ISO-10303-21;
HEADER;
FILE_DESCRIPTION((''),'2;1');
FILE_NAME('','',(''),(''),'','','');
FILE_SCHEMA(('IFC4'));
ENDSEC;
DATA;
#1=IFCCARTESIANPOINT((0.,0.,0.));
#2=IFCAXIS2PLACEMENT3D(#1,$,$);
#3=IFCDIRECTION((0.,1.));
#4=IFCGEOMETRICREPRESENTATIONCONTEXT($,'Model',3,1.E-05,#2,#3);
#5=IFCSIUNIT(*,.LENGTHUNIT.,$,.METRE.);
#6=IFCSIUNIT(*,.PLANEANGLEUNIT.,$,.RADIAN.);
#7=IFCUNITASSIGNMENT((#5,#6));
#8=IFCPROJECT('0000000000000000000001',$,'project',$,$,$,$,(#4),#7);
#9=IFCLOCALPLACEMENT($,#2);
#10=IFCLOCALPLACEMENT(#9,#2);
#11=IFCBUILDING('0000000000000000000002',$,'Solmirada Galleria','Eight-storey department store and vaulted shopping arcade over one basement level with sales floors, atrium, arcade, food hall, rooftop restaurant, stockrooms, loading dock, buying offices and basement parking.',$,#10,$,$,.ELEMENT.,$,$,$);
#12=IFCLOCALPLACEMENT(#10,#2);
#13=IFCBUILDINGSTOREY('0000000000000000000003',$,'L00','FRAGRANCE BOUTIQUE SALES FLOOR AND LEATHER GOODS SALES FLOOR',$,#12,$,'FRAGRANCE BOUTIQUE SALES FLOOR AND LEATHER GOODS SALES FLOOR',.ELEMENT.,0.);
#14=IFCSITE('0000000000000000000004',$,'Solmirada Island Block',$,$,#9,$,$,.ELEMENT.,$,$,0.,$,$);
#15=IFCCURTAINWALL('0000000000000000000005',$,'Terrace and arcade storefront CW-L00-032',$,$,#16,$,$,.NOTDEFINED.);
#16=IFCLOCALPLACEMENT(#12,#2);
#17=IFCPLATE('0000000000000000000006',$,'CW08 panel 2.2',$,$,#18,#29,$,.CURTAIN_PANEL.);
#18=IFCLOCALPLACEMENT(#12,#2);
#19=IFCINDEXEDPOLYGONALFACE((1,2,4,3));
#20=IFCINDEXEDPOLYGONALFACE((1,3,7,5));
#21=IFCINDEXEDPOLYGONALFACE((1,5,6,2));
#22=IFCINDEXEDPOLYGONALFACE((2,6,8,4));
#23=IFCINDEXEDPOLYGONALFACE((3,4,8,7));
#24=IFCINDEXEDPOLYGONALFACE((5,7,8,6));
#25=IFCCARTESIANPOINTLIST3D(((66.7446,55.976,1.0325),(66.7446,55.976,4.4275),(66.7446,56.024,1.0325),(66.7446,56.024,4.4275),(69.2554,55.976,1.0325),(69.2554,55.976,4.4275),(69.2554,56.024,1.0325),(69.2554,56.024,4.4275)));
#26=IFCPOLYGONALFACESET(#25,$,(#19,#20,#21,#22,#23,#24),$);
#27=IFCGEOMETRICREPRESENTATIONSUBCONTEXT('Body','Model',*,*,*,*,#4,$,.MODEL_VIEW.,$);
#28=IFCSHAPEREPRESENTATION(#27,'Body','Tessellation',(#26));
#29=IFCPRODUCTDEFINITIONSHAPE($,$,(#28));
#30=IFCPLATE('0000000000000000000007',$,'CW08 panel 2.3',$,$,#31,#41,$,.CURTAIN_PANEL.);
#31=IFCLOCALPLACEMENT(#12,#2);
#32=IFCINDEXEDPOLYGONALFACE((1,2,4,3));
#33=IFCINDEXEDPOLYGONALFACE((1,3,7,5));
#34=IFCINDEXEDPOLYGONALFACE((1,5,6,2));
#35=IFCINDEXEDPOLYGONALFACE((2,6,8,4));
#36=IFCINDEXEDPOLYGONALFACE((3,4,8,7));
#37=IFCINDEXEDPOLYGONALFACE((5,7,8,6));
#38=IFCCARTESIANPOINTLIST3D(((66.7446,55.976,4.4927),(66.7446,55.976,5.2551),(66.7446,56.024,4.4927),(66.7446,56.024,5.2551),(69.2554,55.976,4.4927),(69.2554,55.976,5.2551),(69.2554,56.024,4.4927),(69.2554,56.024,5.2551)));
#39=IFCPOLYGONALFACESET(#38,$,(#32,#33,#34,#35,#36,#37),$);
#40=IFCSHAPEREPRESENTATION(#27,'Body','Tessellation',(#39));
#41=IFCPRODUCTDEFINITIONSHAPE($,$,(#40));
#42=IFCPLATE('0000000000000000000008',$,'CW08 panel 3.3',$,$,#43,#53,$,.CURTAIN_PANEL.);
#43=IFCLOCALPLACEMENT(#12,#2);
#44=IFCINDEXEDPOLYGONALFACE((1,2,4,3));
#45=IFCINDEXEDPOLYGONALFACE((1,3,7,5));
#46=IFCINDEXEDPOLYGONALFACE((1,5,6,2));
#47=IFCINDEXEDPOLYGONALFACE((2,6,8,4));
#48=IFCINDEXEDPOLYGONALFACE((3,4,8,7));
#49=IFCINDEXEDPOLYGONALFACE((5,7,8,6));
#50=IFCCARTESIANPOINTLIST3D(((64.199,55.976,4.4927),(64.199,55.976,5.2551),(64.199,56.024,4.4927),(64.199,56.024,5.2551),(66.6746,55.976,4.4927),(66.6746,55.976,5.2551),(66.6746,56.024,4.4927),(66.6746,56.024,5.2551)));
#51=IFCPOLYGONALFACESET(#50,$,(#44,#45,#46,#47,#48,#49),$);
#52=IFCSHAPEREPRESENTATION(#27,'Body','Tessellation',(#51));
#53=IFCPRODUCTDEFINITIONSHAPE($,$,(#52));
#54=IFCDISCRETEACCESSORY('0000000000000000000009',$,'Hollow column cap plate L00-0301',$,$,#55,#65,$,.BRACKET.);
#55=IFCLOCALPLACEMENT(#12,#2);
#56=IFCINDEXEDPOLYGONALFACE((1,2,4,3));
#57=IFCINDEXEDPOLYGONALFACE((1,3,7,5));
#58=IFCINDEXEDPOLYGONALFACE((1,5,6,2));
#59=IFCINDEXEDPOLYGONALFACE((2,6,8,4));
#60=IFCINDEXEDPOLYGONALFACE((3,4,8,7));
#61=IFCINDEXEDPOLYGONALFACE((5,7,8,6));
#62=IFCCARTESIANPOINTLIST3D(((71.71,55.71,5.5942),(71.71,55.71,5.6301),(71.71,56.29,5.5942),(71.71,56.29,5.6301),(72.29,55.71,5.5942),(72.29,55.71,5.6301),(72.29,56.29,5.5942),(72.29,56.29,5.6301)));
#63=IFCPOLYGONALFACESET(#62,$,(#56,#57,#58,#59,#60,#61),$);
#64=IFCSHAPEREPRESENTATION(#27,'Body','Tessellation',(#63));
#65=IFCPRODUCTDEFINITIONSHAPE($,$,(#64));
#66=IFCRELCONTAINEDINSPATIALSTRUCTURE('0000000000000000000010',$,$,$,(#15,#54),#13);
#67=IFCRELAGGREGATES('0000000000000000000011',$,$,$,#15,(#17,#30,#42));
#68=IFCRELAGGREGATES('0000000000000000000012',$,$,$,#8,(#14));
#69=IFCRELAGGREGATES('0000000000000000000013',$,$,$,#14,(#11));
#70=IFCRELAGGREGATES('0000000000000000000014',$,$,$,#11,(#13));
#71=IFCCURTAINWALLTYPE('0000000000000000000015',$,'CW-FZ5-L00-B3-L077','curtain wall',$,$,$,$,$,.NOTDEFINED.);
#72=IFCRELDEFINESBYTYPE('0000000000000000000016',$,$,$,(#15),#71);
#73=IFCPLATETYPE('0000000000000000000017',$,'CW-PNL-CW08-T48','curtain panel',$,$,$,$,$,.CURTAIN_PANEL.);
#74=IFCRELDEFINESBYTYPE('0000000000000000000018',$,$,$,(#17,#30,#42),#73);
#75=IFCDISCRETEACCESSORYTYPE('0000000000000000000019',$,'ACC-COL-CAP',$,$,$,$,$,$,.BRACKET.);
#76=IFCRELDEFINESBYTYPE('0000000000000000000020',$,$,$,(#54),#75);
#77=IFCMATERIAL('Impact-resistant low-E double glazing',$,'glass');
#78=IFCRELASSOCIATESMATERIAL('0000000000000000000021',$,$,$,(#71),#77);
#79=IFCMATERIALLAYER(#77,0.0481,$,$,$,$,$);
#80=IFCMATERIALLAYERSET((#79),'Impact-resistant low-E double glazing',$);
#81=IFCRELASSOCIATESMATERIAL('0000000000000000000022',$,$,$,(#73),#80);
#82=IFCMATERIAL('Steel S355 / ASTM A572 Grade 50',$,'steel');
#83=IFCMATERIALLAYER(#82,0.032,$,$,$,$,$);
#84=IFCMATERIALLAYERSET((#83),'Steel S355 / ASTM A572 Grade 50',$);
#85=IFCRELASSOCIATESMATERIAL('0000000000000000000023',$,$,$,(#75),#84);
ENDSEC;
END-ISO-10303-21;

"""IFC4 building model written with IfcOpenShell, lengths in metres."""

from ifc_helpers import new_model, si_unit, direction, frame, origin, origin_2d, place, context, subcontext, project, spatial, rectangle, extrude, material, layer, layer_set, type_object, element, aggregate, save


model = new_model("IFC4")

# Units and contexts
model_context = context("Model", 3, precision=1e-05, world=origin(), true_north=direction((0.0, 1.0)))
body_context = subcontext(model_context, "Body", "Model", "MODEL_VIEW")
ifc_project = project(units=[si_unit("LENGTHUNIT", "METRE"), si_unit("PLANEANGLEUNIT", "RADIAN")], contexts=[model_context])

# Site, building, storey
site_placement = place(None, origin())
site = spatial("IfcSite", under=ifc_project, at=site_placement, Name="Solmirada Island Block", CompositionType="ELEMENT", RefElevation=0.0)
building_placement = place(site_placement, origin())
building = spatial("IfcBuilding", under=site, at=building_placement, Name="Solmirada Galleria", Description="Eight-storey department store and vaulted shopping arcade over one basement level with sales floors, atrium, arcade, food hall, rooftop restaurant, stockrooms, loading dock, buying offices and basement parking.", CompositionType="ELEMENT")
storey_placement = place(building_placement, origin())
storey = spatial("IfcBuildingStorey", under=building, at=storey_placement, Name="L00", Description="FRAGRANCE BOUTIQUE SALES FLOOR AND LEATHER GOODS SALES FLOOR", LongName="FRAGRANCE BOUTIQUE SALES FLOOR AND LEATHER GOODS SALES FLOOR", CompositionType="ELEMENT", Elevation=0.0)

# Curtain wall
ifc_material_1 = material(Name="Impact-resistant low-E double glazing", Category="glass")
curtain_wall_type = type_object("IfcCurtainWallType", Name="CW-FZ5-L00-B3-L077", Description="curtain wall", PredefinedType="NOTDEFINED", material=ifc_material_1)
curtain_wall_1_placement = place(storey_placement, origin())
curtain_wall_1 = element("IfcCurtainWall", 1, at=curtain_wall_1_placement, inside=storey, type_object=curtain_wall_type, Name="Terrace and arcade storefront CW-L00-032", PredefinedType="NOTDEFINED")

# Plates
ifc_layer_1 = layer(ifc_material_1, 0.0481)
ifc_layer_set_1 = layer_set([ifc_layer_1], Name="Impact-resistant low-E double glazing")
plate_type = type_object("IfcPlateType", Name="CW-PNL-CW08-T48", Description="curtain panel", PredefinedType="CURTAIN_PANEL", material=ifc_layer_set_1)
plate_1_placement = place(storey_placement, frame((68.0, 56.0, 1.0325), z_axis=(0.0, 0.0, 1.0), x_axis=(-1.0, 0.0, 0.0)))
plate_1 = element("IfcPlate", 2, at=plate_1_placement, type_object=plate_type, Name="CW08 panel 2.2", PredefinedType="CURTAIN_PANEL", context=body_context, shape_type="SweptSolid", body=[
    extrude(rectangle(XDim=2.5107, YDim=0.0481, at=origin_2d()), origin(), (0.0, 0.0, 1.0), 3.395),
])
plate_2_placement = place(storey_placement, frame((68.0, 56.0, 4.4927), z_axis=(0.0, 0.0, 1.0), x_axis=(-1.0, 0.0, 0.0)))
plate_2 = element("IfcPlate", 3, at=plate_2_placement, type_object=plate_type, Name="CW08 panel 2.3", PredefinedType="CURTAIN_PANEL", context=body_context, shape_type="SweptSolid", body=[
    extrude(rectangle(XDim=2.5107, YDim=0.0481, at=origin_2d()), origin(), (0.0, 0.0, 1.0), 0.7625),
])
plate_3_placement = place(storey_placement, frame((65.4368, 56.0, 4.4927), z_axis=(0.0, 0.0, 1.0), x_axis=(-1.0, 0.0, 0.0)))
plate_3 = element("IfcPlate", 4, at=plate_3_placement, type_object=plate_type, Name="CW08 panel 3.3", PredefinedType="CURTAIN_PANEL", context=body_context, shape_type="SweptSolid", body=[
    extrude(rectangle(XDim=2.4756, YDim=0.0481, at=origin_2d()), origin(), (0.0, 0.0, 1.0), 0.7625),
])
aggregate(curtain_wall_1, [plate_1, plate_2, plate_3])

# Discrete accessory
ifc_material_2 = material(Name="Steel S355 / ASTM A572 Grade 50", Category="steel")
ifc_layer_2 = layer(ifc_material_2, 0.032)
ifc_layer_set_2 = layer_set([ifc_layer_2], Name="Steel S355 / ASTM A572 Grade 50")
discrete_accessory_type = type_object("IfcDiscreteAccessoryType", Name="ACC-COL-CAP", PredefinedType="BRACKET", material=ifc_layer_set_2)
discrete_accessory_placement = place(storey_placement, frame((72.0, 56.0, 5.5942), z_axis=(0.0, 0.0, 1.0), x_axis=(1.0, 0.0, 0.0)))
element("IfcDiscreteAccessory", 5, at=discrete_accessory_placement, inside=storey, type_object=discrete_accessory_type, Name="Hollow column cap plate L00-0301", PredefinedType="BRACKET", context=body_context, shape_type="SweptSolid", body=[
    extrude(rectangle(XDim=0.5801, YDim=0.5801, at=origin_2d()), origin(), (0.0, 0.0, 1.0), 0.0359),
])

save(model, "model.ifc")
